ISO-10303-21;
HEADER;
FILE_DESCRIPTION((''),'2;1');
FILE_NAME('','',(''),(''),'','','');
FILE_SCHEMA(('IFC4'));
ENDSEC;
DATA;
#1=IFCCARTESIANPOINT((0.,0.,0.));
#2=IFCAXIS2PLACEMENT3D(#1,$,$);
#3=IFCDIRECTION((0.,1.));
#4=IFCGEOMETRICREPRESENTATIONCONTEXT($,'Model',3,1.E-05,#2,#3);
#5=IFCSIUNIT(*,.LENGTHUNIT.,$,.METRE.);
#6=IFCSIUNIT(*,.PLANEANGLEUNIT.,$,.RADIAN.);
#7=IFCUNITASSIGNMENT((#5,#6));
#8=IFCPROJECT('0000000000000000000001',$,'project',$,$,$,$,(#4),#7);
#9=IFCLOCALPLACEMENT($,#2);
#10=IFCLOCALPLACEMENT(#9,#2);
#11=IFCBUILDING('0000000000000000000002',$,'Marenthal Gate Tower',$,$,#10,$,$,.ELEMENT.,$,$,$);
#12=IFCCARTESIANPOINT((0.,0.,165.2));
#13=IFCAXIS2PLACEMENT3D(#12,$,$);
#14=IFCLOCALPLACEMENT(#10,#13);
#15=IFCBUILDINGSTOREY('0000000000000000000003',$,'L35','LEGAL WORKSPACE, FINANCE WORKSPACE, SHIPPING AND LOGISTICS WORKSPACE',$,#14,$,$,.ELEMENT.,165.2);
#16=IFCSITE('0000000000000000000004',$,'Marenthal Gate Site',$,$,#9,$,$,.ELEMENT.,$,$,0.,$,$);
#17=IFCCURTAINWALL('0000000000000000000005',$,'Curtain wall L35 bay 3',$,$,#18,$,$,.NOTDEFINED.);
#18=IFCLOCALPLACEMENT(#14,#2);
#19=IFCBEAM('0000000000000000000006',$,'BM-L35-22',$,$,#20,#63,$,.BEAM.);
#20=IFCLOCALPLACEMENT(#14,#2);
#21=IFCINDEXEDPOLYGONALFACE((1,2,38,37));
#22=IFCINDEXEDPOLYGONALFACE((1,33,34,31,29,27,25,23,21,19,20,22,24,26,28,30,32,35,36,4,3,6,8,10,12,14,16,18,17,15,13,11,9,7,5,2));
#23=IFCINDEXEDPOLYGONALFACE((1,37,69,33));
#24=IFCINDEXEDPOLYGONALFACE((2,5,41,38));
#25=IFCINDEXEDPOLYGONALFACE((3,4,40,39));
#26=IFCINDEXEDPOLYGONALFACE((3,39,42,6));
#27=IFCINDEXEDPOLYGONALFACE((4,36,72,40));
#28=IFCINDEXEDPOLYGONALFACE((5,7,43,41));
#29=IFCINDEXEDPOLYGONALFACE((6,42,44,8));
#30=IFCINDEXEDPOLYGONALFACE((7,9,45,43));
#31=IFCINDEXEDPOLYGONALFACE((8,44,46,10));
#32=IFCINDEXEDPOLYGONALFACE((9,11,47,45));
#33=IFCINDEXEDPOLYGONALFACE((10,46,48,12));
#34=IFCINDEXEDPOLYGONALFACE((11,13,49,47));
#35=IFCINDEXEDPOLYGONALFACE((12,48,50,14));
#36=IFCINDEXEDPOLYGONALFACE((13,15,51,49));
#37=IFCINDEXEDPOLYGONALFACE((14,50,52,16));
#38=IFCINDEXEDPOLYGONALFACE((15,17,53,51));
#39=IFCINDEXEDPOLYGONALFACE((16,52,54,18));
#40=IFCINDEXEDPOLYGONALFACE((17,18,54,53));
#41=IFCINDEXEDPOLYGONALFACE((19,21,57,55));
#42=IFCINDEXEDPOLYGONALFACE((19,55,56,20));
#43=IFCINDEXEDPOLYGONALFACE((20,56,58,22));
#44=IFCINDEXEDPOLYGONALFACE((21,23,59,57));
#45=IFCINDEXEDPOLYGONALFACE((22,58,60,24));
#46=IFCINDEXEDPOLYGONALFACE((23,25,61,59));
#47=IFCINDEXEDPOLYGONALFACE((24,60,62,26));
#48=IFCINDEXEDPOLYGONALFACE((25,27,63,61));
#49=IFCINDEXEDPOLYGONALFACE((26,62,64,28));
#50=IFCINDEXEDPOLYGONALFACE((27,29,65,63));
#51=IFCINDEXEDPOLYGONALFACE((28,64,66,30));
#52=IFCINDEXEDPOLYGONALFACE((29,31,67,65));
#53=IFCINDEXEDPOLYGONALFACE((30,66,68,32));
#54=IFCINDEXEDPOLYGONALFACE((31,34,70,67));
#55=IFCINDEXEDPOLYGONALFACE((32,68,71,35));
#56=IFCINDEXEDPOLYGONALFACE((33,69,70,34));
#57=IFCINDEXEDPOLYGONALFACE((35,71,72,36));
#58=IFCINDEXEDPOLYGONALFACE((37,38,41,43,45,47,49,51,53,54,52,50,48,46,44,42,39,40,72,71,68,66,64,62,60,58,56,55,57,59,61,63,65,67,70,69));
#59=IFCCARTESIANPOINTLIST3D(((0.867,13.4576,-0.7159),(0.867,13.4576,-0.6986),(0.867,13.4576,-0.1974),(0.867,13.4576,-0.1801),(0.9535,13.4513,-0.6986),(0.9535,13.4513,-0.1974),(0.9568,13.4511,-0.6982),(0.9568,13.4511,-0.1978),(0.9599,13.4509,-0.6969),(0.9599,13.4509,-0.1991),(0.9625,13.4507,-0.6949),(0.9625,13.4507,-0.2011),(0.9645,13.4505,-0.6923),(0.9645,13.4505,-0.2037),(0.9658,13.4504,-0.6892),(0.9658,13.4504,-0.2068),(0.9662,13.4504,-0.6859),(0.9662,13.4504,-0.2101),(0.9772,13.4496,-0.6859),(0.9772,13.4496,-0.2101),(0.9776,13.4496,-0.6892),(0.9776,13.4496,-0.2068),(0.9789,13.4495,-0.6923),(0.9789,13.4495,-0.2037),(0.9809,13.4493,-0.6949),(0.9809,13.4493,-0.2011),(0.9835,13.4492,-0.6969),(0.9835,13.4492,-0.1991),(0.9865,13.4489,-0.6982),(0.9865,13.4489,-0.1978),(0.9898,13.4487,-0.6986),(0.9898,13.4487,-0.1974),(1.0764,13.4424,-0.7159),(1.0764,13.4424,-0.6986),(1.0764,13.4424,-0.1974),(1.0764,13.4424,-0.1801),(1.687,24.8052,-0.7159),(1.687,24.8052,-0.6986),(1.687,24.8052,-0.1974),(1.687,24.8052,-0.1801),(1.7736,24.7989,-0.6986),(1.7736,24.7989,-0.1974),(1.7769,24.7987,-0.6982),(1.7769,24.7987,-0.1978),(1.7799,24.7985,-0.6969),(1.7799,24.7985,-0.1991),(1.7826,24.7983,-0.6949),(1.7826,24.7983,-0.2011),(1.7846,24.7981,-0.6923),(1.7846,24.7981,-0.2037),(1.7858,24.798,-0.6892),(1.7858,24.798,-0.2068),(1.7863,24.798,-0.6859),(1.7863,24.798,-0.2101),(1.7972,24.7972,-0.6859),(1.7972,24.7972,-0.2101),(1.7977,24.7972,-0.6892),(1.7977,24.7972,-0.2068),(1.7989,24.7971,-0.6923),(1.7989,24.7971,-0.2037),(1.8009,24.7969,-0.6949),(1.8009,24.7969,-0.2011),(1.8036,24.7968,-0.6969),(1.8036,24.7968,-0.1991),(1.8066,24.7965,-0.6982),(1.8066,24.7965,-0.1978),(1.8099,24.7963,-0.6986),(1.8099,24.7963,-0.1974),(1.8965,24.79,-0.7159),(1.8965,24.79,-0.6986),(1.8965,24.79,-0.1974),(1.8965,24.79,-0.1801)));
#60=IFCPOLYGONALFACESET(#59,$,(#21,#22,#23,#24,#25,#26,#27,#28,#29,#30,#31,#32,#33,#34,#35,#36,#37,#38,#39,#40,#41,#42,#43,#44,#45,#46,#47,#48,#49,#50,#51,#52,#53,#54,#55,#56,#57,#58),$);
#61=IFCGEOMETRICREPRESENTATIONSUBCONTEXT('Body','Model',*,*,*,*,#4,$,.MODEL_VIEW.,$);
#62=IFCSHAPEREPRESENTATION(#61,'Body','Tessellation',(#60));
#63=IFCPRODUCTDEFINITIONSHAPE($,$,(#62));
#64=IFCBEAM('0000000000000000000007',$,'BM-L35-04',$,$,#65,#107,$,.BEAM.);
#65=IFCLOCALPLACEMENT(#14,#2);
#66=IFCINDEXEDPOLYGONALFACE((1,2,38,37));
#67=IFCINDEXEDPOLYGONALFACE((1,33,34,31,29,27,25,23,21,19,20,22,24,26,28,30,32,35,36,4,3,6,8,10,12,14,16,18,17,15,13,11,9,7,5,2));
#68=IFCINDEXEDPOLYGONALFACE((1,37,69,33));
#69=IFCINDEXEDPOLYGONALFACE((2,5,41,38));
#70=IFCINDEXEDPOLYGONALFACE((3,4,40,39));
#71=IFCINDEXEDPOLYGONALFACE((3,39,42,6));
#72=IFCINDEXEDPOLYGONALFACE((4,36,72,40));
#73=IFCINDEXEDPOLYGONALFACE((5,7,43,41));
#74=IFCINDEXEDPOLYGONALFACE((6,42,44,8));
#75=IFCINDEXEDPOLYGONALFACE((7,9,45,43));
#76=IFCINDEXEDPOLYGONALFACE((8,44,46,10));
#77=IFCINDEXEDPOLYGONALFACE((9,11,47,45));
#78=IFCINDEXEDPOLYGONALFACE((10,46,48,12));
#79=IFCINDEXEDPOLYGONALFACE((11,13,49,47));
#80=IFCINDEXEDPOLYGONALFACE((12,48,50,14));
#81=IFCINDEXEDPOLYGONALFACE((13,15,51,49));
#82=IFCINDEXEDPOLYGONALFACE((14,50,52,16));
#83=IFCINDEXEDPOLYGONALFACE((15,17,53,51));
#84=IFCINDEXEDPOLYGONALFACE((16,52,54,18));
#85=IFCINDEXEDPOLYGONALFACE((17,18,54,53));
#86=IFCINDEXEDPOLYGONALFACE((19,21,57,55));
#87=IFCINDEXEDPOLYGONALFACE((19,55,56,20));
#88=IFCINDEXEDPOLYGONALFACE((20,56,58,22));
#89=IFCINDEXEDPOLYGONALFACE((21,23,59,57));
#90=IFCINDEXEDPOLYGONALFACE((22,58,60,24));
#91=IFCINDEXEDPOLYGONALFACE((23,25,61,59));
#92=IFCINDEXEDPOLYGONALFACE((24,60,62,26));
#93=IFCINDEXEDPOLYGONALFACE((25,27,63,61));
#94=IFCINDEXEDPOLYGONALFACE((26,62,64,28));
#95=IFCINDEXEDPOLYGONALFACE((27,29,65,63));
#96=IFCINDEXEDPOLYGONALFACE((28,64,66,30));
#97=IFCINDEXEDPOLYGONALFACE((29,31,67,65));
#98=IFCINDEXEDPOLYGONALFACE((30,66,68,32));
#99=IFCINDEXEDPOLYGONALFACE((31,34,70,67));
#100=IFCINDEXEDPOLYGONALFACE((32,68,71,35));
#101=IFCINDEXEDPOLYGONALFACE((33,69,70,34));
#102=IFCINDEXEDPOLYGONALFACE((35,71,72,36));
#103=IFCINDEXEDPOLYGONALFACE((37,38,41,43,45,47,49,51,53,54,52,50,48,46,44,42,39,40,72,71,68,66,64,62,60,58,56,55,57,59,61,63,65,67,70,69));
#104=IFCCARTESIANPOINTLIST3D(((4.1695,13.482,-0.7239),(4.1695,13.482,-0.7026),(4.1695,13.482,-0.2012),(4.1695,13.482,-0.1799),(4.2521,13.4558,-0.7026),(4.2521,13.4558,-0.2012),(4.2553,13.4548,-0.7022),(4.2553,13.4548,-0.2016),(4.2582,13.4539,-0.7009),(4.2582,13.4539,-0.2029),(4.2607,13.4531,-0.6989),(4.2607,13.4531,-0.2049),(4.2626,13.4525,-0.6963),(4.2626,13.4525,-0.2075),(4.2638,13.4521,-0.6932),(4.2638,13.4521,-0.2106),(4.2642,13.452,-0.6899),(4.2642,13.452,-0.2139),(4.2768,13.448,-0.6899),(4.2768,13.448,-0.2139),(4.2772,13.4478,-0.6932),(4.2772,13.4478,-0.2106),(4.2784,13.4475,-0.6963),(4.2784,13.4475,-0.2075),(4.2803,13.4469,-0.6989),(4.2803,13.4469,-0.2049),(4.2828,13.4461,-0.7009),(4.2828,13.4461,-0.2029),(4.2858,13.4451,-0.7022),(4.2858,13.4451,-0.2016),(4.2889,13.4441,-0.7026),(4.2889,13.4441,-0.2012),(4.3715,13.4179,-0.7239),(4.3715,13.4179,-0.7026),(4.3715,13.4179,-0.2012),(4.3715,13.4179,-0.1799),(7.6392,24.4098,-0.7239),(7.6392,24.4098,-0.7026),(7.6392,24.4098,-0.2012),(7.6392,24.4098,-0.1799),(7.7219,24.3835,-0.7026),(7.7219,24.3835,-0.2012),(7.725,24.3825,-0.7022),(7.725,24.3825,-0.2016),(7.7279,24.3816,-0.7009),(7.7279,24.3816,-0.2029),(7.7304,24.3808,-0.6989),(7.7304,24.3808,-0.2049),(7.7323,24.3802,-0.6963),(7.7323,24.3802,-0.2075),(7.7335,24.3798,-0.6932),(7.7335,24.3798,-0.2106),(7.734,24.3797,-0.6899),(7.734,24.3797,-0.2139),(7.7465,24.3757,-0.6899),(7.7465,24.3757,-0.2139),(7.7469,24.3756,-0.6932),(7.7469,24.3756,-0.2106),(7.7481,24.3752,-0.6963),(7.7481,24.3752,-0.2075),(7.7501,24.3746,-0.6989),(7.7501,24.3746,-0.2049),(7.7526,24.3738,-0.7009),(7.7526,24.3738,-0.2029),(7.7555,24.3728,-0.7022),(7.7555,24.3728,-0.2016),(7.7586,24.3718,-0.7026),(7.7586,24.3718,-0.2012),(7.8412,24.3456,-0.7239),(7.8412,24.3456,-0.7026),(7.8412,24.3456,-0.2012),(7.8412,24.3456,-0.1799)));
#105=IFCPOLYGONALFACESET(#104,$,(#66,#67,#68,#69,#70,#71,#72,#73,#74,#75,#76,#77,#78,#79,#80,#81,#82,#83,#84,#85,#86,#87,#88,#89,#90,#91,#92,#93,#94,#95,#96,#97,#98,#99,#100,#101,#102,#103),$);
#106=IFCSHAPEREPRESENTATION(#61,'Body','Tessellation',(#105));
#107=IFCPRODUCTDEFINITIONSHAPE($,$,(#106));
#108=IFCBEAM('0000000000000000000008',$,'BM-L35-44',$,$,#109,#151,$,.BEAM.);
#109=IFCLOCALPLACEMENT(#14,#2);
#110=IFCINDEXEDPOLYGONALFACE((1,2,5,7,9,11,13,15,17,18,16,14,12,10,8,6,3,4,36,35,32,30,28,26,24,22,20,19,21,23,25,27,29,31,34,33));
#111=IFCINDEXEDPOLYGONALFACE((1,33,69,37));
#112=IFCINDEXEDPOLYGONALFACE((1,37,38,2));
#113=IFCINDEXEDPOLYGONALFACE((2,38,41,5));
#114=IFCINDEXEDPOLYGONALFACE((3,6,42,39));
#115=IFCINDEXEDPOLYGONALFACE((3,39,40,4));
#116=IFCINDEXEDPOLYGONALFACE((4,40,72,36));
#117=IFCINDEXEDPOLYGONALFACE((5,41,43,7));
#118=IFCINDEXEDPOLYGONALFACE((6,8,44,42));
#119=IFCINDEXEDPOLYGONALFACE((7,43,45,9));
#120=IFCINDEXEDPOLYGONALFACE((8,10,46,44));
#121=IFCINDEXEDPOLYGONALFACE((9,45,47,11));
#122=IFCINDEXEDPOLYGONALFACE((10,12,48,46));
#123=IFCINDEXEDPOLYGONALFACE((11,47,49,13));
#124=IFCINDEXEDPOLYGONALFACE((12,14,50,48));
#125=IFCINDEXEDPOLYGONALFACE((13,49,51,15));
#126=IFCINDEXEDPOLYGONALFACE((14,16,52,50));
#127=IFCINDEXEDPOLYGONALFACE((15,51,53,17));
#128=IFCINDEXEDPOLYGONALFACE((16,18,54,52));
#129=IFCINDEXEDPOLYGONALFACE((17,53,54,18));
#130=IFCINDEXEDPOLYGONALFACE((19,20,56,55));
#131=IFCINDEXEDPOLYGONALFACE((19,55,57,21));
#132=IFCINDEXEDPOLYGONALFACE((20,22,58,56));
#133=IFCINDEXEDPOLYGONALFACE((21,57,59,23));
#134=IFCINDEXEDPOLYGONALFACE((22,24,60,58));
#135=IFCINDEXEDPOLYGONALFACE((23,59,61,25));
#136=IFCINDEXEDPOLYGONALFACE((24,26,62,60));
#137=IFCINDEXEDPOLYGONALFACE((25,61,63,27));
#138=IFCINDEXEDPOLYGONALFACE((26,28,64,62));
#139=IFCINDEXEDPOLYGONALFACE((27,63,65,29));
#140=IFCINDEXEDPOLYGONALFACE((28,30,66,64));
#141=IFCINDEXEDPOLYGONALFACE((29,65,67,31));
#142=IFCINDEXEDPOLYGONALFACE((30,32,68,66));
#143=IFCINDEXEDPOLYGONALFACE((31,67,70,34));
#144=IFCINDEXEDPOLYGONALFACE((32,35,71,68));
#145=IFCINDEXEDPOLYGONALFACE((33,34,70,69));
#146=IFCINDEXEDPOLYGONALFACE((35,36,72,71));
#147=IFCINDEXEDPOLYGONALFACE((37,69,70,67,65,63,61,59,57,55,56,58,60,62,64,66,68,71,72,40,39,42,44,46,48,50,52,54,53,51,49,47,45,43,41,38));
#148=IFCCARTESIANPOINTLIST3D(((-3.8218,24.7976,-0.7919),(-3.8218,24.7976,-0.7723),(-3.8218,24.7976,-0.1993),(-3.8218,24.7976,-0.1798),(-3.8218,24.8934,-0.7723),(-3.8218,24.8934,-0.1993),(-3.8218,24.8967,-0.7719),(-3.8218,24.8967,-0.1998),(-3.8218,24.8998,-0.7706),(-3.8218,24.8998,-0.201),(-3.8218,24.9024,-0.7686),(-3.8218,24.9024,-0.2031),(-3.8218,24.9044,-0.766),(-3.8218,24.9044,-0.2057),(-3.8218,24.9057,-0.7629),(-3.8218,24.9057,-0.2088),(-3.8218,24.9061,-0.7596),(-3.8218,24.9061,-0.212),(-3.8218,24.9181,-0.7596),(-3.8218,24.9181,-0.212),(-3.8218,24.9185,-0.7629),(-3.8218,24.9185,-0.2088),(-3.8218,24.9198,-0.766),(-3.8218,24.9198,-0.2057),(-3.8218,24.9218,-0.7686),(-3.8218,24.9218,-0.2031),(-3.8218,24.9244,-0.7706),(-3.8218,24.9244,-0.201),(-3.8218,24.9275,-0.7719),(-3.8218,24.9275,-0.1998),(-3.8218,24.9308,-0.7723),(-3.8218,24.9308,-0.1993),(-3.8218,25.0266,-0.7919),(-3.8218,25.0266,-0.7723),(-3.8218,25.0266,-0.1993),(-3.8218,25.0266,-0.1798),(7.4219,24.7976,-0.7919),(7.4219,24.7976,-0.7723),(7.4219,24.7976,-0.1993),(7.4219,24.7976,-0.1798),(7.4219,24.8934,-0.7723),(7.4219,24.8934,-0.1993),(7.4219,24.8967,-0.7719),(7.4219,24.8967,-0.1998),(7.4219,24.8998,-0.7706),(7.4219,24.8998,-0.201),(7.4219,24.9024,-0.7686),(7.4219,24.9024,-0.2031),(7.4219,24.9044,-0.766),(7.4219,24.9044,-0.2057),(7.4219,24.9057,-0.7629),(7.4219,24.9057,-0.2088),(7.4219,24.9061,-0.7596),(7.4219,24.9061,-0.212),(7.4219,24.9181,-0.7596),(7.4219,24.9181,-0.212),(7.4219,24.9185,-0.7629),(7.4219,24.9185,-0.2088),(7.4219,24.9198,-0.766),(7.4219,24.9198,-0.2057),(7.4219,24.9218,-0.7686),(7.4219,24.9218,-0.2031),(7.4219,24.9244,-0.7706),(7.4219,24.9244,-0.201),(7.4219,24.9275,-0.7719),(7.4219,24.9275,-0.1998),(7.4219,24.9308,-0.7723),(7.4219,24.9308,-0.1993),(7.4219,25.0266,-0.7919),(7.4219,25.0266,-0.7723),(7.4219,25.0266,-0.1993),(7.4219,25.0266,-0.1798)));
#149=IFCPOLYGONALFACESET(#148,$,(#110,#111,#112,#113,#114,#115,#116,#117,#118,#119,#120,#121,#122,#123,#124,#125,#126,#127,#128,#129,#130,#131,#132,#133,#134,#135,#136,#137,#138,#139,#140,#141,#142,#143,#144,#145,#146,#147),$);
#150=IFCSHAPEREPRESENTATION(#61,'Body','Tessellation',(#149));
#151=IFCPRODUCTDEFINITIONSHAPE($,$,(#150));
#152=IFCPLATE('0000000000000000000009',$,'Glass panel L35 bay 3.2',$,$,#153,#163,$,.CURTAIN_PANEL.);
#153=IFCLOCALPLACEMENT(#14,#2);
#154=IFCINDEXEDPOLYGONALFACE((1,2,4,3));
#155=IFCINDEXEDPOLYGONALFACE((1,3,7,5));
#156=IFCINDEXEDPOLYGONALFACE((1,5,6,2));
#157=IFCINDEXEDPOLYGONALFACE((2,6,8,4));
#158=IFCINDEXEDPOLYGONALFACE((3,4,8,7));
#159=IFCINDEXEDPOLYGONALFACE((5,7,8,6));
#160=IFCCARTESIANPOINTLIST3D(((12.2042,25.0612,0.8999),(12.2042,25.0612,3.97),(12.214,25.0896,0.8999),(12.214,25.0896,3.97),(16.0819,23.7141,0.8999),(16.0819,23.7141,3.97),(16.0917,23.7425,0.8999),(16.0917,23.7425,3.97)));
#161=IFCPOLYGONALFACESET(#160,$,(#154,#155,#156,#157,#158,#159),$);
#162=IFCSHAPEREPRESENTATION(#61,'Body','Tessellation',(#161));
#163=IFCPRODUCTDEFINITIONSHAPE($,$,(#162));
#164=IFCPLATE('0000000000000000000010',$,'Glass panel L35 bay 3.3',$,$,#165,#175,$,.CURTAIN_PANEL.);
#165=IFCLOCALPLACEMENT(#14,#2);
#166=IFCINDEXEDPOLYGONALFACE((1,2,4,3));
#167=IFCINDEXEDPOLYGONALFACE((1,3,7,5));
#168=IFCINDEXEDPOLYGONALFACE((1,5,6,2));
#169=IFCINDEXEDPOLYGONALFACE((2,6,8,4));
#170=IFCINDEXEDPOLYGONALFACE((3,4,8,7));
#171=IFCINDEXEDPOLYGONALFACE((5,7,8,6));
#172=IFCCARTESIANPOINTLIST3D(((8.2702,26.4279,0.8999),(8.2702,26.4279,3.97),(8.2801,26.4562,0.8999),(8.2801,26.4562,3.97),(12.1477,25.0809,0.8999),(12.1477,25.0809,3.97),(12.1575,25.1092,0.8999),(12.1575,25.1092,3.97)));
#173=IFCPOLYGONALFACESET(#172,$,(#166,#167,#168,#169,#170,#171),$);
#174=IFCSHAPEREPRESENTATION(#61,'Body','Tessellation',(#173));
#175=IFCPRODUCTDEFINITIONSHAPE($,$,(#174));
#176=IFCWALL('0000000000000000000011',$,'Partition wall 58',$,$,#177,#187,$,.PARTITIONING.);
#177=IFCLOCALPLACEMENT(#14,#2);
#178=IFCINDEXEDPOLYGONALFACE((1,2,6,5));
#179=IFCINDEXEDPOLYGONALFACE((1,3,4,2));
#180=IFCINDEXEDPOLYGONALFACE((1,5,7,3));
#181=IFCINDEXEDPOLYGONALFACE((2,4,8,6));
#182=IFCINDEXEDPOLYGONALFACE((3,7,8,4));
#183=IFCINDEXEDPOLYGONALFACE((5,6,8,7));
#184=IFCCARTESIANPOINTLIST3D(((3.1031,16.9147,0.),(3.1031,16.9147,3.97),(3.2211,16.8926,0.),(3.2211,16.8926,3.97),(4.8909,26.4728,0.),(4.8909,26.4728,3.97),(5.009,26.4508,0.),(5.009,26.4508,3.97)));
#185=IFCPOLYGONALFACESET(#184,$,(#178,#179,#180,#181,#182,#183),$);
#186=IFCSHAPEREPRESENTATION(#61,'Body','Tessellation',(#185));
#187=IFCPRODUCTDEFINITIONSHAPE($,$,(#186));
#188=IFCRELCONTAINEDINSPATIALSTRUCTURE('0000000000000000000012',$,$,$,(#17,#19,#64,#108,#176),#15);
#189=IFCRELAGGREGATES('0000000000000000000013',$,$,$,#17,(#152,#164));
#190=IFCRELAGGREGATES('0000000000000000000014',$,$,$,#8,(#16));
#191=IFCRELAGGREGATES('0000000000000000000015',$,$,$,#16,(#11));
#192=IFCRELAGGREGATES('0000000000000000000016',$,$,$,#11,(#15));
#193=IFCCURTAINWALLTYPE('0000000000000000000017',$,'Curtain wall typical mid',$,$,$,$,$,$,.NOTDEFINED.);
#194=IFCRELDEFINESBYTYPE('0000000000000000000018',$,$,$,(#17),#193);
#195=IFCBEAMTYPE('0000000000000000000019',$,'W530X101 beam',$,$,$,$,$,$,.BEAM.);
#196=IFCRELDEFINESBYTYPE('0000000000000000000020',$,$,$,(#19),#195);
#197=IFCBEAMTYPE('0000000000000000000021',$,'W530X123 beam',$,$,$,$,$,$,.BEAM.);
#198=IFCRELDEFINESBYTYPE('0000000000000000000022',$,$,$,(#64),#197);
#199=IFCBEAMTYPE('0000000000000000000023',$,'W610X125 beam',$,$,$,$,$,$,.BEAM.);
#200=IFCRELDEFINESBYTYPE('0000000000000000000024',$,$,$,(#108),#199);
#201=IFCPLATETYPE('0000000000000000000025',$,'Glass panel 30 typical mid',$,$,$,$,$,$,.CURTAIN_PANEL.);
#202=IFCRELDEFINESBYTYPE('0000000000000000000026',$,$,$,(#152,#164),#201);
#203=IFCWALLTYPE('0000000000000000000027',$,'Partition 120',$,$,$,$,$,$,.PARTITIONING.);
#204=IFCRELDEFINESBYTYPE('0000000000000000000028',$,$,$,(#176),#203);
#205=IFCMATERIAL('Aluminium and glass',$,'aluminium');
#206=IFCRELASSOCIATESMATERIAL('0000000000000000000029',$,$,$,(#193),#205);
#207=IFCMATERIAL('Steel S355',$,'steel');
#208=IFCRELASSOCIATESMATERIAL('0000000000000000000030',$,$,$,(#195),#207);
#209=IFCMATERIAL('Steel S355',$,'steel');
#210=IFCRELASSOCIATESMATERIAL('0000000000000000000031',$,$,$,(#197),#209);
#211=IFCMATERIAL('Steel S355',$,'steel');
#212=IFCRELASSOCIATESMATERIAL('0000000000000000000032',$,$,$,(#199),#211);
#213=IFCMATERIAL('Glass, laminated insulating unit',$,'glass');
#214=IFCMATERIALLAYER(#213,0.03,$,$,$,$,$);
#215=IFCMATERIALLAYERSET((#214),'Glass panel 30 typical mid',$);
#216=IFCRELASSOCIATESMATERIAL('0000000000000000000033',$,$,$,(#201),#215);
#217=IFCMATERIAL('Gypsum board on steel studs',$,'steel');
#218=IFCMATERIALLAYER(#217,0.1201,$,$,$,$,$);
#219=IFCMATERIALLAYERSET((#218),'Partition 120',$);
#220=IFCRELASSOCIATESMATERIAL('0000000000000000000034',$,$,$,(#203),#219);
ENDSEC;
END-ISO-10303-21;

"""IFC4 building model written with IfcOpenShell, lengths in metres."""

from ifc_helpers import new_model, si_unit, direction, frame, frame_2d, origin, origin_2d, place, context, subcontext, project, spatial, rectangle, i_section, extrude, material, layer, layer_set, material_profile, profile_set, type_object, element, aggregate, save


model = new_model("IFC4")

# Units and contexts
model_context = context("Model", 3, precision=1e-05, world=origin(), true_north=direction((0.0, 1.0)))
body_context = subcontext(model_context, "Body", "Model", "MODEL_VIEW")
ifc_project = project(units=[si_unit("LENGTHUNIT", "METRE"), si_unit("PLANEANGLEUNIT", "RADIAN")], contexts=[model_context])

# Site, building, storey
site_placement = place(None, origin())
site = spatial("IfcSite", under=ifc_project, at=site_placement, Name="Marenthal Gate Site", CompositionType="ELEMENT", RefElevation=0.0)
building_placement = place(site_placement, origin())
building = spatial("IfcBuilding", under=site, at=building_placement, Name="Marenthal Gate Tower", CompositionType="ELEMENT")
storey_placement = place(building_placement, frame((0.0, 0.0, 165.2)))
storey = spatial("IfcBuildingStorey", under=building, at=storey_placement, Name="L35", Description="LEGAL WORKSPACE, FINANCE WORKSPACE, SHIPPING AND LOGISTICS WORKSPACE", CompositionType="ELEMENT", Elevation=165.2)

# Curtain wall
ifc_material_1 = material(Name="Aluminium and glass", Category="aluminium")
curtain_wall_type = type_object("IfcCurtainWallType", Name="Curtain wall typical mid", PredefinedType="NOTDEFINED", material=ifc_material_1)
curtain_wall_placement = place(storey_placement, origin())
curtain_wall = element("IfcCurtainWall", 1, at=curtain_wall_placement, inside=storey, type_object=curtain_wall_type, Name="Curtain wall L35 bay 3", PredefinedType="NOTDEFINED")

# Beams
ifc_material_2 = material(Name="Steel S355", Category="steel")
ifc_material_profile_1 = material_profile(ifc_material_2, i_section(OverallWidth=0.21, OverallDepth=0.5359, WebThickness=0.011, FlangeThickness=0.0173, FilletRadius=0.0127, at=origin_2d()), Name="W530X101")
ifc_profile_set_1 = profile_set([ifc_material_profile_1], Name="Steel S355")
beam_type_1 = type_object("IfcBeamType", Name="W530X101 beam", PredefinedType="BEAM", material=ifc_profile_set_1)
beam_1_placement = place(storey_placement, frame((1.7917, 24.7976, -0.448), z_axis=(-0.07208, -0.997399, 0.0), x_axis=(0.997399, -0.07208, 0.0)))
element("IfcBeam", 2, at=beam_1_placement, inside=storey, type_object=beam_type_1, Name="BM-L35-22", PredefinedType="BEAM", context=body_context, shape_type="SweptSolid", body=[
    extrude(i_section(OverallWidth=0.21, OverallDepth=0.5359, WebThickness=0.011, FlangeThickness=0.0173, FilletRadius=0.0127, at=origin_2d()), origin(), (0.0, 0.0, 1.0), 11.3772),
])
ifc_material_3 = material(Name="Steel S355", Category="steel")
ifc_material_profile_2 = material_profile(ifc_material_3, i_section(OverallWidth=0.2119, OverallDepth=0.5439, WebThickness=0.0132, FlangeThickness=0.0212, FilletRadius=0.0127, at=origin_2d()), Name="W530X123")
ifc_profile_set_2 = profile_set([ifc_material_profile_2], Name="Steel S355")
beam_type_2 = type_object("IfcBeamType", Name="W530X123 beam", PredefinedType="BEAM", material=ifc_profile_set_2)
beam_2_placement = place(storey_placement, frame((7.7402, 24.3777, -0.4519), z_axis=(-0.302627, -0.953109, 0.0), x_axis=(0.953109, -0.302627, 0.0)))
element("IfcBeam", 3, at=beam_2_placement, inside=storey, type_object=beam_type_2, Name="BM-L35-04", PredefinedType="BEAM", context=body_context, shape_type="SweptSolid", body=[
    extrude(i_section(OverallWidth=0.2119, OverallDepth=0.5439, WebThickness=0.0132, FlangeThickness=0.0212, FilletRadius=0.0127, at=origin_2d()), origin(), (0.0, 0.0, 1.0), 11.4653),
])
ifc_material_4 = material(Name="Steel S355", Category="steel")
ifc_material_profile_3 = material_profile(ifc_material_4, i_section(OverallWidth=0.229, OverallDepth=0.6121, WebThickness=0.012, FlangeThickness=0.0195, FilletRadius=0.0127, at=origin_2d()), Name="W610X125")
ifc_profile_set_3 = profile_set([ifc_material_profile_3], Name="Steel S355")
beam_type_3 = type_object("IfcBeamType", Name="W610X125 beam", PredefinedType="BEAM", material=ifc_profile_set_3)
beam_3_placement = place(storey_placement, frame((7.4219, 24.9121, -0.4858), z_axis=(-1.0, 0.0, 0.0), x_axis=(0.0, -1.0, 0.0)))
element("IfcBeam", 4, at=beam_3_placement, inside=storey, type_object=beam_type_3, Name="BM-L35-44", PredefinedType="BEAM", context=body_context, shape_type="SweptSolid", body=[
    extrude(i_section(OverallWidth=0.229, OverallDepth=0.6121, WebThickness=0.012, FlangeThickness=0.0195, FilletRadius=0.0127, at=origin_2d()), origin(), (0.0, 0.0, 1.0), 11.2437),
])

# Plates
ifc_material_5 = material(Name="Glass, laminated insulating unit", Category="glass")
ifc_layer_1 = layer(ifc_material_5, 0.03)
ifc_layer_set_1 = layer_set([ifc_layer_1], Name="Glass panel 30 typical mid")
plate_type = type_object("IfcPlateType", Name="Glass panel 30 typical mid", PredefinedType="CURTAIN_PANEL", material=ifc_layer_set_1)
plate_1_placement = place(storey_placement, frame((14.1479, 24.4019, 0.8999), z_axis=(0.0, 0.0, 1.0), x_axis=(-0.944623, 0.328158, 0.0)))
plate_1 = element("IfcPlate", 5, at=plate_1_placement, type_object=plate_type, Name="Glass panel L35 bay 3.2", PredefinedType="CURTAIN_PANEL", context=body_context, shape_type="SweptSolid", body=[
    extrude(rectangle(XDim=4.105, YDim=0.03, at=origin_2d()), origin(), (0.0, 0.0, 1.0), 3.0701),
])
plate_2_placement = place(storey_placement, frame((10.2139, 25.7686, 0.8999), z_axis=(0.0, 0.0, 1.0), x_axis=(-0.944623, 0.328158, 0.0)))
plate_2 = element("IfcPlate", 6, at=plate_2_placement, type_object=plate_type, Name="Glass panel L35 bay 3.3", PredefinedType="CURTAIN_PANEL", context=body_context, shape_type="SweptSolid", body=[
    extrude(rectangle(XDim=4.1047, YDim=0.03, at=origin_2d()), origin(), (0.0, 0.0, 1.0), 3.0701),
])
aggregate(curtain_wall, [plate_1, plate_2])

# Wall
ifc_material_6 = material(Name="Gypsum board on steel studs", Category="steel")
ifc_layer_2 = layer(ifc_material_6, 0.1201)
ifc_layer_set_2 = layer_set([ifc_layer_2], Name="Partition 120")
wall_type_1 = type_object("IfcWallType", Name="Partition 120", PredefinedType="PARTITIONING", material=ifc_layer_set_2)
wall_1_placement = place(storey_placement, frame((3.1621, 16.9038, 0.0), z_axis=(0.0, 0.0, 1.0), x_axis=(0.183861, 0.982952, 0.0)))
element("IfcWall", 7, at=wall_1_placement, inside=storey, type_object=wall_type_1, Name="Partition wall 58", PredefinedType="PARTITIONING", context=body_context, shape_type="SweptSolid", body=[
    extrude(rectangle(XDim=9.7239, YDim=0.1201, at=frame_2d((4.8618, 0.0))), origin(), (0.0, 0.0, 1.0), 3.97),
])

save(model, "model.ifc")
